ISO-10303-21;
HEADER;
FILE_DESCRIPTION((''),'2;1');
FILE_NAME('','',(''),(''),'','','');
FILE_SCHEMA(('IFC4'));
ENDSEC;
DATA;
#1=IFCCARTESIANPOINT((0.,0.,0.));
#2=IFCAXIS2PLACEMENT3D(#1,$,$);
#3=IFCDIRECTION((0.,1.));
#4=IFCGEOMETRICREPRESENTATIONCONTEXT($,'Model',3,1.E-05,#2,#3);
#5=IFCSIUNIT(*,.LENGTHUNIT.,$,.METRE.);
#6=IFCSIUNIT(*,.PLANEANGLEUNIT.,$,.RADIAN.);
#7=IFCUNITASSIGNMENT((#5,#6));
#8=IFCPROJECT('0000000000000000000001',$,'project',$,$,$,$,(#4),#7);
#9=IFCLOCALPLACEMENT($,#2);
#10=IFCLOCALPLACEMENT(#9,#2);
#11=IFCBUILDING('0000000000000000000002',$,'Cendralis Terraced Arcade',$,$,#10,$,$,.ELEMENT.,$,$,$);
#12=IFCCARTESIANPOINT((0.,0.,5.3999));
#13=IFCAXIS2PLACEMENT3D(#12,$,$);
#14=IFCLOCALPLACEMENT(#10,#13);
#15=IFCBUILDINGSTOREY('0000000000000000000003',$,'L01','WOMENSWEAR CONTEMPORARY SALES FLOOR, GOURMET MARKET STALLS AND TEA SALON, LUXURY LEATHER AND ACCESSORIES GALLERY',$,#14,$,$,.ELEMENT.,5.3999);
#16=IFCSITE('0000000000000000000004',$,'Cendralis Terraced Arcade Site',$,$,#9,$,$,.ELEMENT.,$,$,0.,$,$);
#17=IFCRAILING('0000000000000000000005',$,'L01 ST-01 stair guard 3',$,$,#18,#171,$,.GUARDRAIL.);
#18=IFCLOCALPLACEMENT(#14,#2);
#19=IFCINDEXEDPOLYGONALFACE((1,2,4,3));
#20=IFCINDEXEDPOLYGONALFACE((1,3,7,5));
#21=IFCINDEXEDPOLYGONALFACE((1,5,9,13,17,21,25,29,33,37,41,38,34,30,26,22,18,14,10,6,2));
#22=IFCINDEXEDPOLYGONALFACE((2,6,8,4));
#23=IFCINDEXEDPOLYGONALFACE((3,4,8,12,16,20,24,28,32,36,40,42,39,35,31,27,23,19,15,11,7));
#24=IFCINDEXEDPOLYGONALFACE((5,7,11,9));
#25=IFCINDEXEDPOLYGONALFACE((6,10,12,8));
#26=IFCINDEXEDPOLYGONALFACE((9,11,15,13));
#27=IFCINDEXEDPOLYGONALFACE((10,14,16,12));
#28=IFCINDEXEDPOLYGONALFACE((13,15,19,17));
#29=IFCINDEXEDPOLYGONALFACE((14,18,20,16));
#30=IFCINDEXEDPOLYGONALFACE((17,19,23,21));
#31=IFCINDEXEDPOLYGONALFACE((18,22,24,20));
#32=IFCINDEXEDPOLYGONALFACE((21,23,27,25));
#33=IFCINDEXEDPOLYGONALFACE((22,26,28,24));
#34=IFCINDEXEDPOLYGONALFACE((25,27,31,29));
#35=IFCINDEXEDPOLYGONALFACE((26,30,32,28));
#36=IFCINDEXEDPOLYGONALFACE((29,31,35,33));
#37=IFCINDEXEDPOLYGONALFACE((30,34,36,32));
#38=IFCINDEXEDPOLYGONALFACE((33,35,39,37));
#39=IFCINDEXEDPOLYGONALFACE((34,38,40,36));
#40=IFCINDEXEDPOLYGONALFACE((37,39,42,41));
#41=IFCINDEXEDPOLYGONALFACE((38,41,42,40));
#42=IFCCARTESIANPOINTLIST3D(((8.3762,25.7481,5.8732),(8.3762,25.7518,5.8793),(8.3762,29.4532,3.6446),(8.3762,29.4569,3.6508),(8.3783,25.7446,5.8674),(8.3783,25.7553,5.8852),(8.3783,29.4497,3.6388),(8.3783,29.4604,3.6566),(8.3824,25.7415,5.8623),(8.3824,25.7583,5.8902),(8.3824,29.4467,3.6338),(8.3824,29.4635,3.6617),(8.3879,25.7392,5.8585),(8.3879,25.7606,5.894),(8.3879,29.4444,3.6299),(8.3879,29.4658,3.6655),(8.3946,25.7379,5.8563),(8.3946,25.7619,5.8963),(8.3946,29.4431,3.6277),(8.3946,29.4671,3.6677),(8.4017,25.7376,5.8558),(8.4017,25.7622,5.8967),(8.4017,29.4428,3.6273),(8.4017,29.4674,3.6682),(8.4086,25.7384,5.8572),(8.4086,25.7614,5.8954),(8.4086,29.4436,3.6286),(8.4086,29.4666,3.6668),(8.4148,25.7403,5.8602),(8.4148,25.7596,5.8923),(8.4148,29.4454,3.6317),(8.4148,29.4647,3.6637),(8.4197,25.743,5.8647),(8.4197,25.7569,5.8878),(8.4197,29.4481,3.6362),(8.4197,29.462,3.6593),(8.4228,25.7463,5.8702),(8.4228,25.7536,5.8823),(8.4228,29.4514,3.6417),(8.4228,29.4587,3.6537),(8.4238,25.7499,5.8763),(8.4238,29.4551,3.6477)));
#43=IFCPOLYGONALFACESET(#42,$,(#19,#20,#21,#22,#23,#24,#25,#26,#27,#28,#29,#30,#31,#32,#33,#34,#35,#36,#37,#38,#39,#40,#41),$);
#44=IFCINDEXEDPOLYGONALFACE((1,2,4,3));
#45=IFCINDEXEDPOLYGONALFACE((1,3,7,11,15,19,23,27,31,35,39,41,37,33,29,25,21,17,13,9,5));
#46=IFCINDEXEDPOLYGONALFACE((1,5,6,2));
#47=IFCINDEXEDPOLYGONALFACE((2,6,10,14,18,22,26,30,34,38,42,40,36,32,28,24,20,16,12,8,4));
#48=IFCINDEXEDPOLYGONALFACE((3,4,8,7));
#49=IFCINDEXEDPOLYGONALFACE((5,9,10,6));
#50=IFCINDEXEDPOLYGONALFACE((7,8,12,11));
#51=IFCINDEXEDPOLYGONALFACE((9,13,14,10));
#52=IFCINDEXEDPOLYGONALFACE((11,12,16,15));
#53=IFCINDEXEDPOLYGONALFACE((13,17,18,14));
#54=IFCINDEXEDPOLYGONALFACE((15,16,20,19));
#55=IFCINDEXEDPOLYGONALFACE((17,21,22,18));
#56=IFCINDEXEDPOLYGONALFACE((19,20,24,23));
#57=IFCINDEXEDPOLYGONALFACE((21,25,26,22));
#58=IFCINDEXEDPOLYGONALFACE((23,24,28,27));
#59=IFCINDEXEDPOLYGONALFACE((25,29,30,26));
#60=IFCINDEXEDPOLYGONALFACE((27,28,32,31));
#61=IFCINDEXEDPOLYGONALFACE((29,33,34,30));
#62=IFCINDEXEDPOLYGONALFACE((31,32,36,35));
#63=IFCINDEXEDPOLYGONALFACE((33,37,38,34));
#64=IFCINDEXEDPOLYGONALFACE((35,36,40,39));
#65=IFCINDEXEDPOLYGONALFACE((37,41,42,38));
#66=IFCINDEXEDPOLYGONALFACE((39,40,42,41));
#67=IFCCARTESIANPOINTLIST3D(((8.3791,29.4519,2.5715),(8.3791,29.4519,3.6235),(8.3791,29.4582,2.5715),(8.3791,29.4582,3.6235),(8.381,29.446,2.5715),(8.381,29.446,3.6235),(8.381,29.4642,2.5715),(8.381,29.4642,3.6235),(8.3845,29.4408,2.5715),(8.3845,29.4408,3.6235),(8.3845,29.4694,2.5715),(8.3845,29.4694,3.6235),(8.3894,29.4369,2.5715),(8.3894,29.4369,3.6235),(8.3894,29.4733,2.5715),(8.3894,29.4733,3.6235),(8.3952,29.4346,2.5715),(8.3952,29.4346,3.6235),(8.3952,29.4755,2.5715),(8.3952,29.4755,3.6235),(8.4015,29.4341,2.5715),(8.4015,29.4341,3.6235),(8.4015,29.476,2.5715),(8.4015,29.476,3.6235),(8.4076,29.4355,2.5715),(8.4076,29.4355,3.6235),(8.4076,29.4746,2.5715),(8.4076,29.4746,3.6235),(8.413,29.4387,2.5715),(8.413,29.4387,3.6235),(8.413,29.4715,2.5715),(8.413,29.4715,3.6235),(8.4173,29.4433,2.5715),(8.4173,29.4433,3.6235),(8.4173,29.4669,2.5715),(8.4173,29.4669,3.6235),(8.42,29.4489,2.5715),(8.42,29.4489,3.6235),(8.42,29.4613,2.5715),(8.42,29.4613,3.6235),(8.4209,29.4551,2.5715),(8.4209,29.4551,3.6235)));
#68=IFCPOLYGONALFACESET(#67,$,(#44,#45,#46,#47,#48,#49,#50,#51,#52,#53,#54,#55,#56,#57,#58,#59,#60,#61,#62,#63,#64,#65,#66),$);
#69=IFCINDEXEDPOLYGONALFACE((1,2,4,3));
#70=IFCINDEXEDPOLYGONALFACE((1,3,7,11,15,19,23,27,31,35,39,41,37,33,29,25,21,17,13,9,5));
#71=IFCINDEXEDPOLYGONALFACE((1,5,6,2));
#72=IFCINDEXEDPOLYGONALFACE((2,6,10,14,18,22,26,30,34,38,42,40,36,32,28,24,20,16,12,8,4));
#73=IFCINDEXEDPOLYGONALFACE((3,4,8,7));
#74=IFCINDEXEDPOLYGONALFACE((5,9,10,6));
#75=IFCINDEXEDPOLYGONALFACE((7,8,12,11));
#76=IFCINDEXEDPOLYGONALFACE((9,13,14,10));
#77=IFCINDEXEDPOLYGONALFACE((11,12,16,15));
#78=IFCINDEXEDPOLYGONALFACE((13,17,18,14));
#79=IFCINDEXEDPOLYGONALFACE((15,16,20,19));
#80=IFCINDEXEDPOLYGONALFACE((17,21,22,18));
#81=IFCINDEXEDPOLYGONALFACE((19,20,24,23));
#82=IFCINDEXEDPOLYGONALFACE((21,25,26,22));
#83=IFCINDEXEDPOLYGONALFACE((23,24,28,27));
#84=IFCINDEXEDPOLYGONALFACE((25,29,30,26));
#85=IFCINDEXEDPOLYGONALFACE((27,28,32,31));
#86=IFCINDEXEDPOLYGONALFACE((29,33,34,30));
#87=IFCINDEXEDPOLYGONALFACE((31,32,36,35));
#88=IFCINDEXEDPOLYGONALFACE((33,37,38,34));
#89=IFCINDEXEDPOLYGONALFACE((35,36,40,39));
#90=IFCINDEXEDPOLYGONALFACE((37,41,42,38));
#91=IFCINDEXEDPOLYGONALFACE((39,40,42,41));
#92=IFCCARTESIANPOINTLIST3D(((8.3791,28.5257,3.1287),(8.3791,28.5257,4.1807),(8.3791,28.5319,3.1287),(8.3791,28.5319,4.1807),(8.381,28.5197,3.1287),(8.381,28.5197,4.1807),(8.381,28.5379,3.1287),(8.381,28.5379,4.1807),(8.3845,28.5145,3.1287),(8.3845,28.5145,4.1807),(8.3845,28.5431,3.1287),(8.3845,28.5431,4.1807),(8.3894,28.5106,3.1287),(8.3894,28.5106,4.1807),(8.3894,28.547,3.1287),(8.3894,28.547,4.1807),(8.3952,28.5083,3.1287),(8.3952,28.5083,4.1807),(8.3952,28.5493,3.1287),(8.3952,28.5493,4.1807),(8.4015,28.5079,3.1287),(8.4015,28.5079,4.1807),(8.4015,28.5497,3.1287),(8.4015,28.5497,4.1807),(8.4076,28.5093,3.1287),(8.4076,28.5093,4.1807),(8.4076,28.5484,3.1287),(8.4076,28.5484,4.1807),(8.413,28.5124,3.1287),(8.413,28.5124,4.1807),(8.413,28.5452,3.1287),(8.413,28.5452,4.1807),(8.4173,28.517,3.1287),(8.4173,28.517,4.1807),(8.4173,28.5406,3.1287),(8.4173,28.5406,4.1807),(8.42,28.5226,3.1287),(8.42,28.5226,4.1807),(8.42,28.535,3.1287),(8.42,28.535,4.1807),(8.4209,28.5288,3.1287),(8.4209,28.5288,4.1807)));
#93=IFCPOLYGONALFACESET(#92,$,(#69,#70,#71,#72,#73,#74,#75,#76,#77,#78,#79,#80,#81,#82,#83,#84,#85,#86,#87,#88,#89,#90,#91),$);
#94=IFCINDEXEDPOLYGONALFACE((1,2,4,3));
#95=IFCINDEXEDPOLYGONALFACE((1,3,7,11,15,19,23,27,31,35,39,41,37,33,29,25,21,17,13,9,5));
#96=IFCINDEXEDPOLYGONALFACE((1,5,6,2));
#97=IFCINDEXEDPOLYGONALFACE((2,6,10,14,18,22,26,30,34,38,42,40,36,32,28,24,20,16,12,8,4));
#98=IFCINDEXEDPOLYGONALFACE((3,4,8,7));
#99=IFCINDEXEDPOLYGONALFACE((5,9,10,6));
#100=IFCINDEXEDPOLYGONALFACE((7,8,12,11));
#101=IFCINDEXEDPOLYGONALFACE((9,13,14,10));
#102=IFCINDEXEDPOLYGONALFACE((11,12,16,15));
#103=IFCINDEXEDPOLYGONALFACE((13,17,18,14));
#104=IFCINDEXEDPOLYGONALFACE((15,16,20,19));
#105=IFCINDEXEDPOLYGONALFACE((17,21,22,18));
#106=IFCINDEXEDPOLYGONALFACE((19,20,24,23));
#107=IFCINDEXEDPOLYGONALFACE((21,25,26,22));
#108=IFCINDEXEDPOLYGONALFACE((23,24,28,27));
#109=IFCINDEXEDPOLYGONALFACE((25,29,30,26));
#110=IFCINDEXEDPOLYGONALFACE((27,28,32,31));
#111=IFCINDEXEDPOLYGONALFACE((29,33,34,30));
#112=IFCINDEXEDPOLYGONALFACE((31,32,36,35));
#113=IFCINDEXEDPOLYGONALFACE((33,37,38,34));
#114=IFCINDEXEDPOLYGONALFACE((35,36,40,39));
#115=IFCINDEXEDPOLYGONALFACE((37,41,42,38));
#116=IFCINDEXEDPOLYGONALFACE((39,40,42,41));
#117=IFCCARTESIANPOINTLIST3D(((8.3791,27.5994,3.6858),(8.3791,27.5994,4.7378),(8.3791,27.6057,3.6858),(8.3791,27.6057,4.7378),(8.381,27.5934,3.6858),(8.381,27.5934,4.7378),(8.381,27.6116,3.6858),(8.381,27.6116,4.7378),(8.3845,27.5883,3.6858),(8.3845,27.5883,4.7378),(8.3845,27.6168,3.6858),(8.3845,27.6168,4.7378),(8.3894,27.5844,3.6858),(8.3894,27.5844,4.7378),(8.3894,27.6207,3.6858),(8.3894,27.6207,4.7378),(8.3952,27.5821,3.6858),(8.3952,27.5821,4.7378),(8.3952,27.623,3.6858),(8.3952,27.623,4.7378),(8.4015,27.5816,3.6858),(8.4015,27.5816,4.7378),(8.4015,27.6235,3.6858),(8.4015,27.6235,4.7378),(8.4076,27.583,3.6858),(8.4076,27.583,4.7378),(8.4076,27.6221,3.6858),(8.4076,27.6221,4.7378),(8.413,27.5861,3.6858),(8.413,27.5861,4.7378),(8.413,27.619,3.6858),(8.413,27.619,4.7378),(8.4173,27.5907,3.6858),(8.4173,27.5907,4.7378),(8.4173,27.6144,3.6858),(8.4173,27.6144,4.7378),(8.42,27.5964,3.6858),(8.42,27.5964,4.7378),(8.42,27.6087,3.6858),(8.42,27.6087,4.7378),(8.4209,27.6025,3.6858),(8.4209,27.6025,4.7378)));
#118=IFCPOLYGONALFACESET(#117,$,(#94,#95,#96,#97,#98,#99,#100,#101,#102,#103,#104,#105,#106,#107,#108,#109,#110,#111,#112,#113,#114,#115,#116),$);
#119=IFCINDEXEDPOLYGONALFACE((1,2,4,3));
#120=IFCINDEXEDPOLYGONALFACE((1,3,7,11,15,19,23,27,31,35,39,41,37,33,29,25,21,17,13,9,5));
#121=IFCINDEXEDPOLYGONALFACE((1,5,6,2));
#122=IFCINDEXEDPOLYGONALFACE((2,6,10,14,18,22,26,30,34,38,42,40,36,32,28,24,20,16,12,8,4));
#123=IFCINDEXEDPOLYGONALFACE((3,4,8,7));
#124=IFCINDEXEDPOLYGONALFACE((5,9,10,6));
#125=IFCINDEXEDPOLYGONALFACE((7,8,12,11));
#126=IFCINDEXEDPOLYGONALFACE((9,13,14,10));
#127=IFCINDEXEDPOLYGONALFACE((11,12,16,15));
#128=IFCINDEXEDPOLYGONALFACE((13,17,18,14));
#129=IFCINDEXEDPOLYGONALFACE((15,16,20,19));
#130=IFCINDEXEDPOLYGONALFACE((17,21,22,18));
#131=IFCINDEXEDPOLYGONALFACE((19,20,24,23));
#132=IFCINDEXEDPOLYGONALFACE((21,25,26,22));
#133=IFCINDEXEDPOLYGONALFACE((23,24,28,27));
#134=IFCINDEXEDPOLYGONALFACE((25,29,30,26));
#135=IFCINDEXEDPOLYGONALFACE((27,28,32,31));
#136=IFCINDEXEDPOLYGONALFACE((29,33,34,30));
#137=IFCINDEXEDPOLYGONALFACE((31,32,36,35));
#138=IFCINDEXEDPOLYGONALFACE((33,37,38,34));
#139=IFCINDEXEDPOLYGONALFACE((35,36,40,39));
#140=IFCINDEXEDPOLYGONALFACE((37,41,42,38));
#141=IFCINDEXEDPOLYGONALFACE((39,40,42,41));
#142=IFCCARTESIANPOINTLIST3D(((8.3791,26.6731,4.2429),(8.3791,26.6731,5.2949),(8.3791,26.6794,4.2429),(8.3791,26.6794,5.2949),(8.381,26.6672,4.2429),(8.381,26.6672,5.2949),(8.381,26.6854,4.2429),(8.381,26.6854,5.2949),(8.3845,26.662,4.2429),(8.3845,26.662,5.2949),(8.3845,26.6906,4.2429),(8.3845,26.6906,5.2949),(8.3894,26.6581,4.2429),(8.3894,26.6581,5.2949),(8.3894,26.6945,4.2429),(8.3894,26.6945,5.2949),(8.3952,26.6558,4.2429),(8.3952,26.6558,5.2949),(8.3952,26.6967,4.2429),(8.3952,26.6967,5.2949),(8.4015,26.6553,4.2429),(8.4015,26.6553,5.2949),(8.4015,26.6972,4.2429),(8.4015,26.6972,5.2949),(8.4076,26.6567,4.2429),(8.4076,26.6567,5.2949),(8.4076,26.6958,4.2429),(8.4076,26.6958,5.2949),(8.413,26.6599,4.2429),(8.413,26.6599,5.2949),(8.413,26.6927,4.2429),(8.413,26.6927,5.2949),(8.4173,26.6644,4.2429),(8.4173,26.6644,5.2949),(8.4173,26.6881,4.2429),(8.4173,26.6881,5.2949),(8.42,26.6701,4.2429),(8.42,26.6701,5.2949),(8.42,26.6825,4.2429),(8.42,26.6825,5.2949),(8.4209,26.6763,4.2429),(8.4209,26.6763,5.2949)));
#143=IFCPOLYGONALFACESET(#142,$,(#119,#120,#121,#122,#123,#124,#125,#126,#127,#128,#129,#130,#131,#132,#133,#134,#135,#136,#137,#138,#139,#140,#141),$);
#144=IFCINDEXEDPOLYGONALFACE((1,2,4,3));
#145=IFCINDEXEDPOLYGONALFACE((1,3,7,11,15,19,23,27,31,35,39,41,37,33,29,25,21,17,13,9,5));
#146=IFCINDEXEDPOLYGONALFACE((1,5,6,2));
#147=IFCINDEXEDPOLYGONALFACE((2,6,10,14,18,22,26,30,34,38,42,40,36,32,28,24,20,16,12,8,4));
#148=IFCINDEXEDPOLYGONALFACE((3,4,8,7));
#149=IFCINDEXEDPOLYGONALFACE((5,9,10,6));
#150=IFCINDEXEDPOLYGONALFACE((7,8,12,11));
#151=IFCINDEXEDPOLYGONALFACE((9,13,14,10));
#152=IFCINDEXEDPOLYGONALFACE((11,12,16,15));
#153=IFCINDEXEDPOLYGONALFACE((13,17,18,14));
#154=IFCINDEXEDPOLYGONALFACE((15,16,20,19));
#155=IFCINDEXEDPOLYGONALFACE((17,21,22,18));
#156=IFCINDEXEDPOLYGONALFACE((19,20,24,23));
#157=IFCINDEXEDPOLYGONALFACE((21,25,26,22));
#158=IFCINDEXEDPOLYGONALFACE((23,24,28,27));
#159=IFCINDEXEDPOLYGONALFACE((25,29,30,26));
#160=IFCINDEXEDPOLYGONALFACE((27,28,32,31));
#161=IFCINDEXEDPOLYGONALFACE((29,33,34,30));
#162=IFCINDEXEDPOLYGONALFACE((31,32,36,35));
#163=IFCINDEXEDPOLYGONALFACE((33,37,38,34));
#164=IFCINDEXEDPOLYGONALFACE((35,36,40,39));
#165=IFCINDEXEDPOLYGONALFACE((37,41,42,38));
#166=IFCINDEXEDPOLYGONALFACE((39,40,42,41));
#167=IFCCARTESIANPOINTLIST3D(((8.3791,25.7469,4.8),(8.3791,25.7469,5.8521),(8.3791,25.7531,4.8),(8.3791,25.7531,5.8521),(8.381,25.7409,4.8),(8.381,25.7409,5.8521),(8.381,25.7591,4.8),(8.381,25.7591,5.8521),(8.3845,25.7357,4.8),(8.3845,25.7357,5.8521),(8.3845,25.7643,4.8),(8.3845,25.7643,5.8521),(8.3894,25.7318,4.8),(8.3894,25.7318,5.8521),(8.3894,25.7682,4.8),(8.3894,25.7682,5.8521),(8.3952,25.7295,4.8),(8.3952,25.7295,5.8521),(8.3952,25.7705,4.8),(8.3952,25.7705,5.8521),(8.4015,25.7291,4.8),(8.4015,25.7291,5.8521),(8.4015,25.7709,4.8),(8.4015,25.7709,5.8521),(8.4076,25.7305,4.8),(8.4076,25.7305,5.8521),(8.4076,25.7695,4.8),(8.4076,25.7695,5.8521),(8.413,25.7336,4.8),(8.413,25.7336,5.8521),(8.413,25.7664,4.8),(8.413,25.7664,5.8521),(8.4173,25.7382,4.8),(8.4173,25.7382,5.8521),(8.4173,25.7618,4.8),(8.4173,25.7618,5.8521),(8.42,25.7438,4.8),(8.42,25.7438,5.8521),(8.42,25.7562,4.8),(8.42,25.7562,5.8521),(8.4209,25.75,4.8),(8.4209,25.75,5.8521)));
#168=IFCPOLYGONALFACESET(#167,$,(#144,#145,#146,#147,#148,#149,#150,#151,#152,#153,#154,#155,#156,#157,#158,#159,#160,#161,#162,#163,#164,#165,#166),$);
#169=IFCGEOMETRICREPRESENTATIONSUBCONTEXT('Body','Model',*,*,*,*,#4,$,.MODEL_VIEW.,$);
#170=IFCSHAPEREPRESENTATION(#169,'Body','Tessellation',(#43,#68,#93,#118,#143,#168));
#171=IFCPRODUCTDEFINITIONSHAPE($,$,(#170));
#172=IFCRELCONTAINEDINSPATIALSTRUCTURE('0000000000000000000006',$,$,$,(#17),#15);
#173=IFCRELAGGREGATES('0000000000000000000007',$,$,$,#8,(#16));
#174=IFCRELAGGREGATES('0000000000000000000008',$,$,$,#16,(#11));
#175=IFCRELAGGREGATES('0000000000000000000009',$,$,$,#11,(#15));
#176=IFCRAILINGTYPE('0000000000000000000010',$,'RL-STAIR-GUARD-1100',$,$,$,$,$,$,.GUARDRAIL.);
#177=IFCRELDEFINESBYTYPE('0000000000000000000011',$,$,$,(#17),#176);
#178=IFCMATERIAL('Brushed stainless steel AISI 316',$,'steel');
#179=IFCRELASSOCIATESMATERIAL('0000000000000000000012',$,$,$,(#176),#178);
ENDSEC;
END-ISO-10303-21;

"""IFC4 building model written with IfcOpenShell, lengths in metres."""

from ifc_helpers import new_model, si_unit, direction, frame, origin, origin_2d, place, context, subcontext, project, spatial, circle, extrude, material, type_object, element, save


model = new_model("IFC4")

# Units and contexts
model_context = context("Model", 3, precision=1e-05, world=origin(), true_north=direction((0.0, 1.0)))
body_context = subcontext(model_context, "Body", "Model", "MODEL_VIEW")
ifc_project = project(units=[si_unit("LENGTHUNIT", "METRE"), si_unit("PLANEANGLEUNIT", "RADIAN")], contexts=[model_context])

# Site, building, storey
site_placement = place(None, origin())
site = spatial("IfcSite", under=ifc_project, at=site_placement, Name="Cendralis Terraced Arcade Site", CompositionType="ELEMENT", RefElevation=0.0)
building_placement = place(site_placement, origin())
building = spatial("IfcBuilding", under=site, at=building_placement, Name="Cendralis Terraced Arcade", CompositionType="ELEMENT")
storey_placement = place(building_placement, frame((0.0, 0.0, 5.3999)))
storey = spatial("IfcBuildingStorey", under=building, at=storey_placement, Name="L01", Description="WOMENSWEAR CONTEMPORARY SALES FLOOR, GOURMET MARKET STALLS AND TEA SALON, LUXURY LEATHER AND ACCESSORIES GALLERY", CompositionType="ELEMENT", Elevation=5.3999)

# Railing
ifc_material_1 = material(Name="Brushed stainless steel AISI 316", Category="steel")
railing_type_1 = type_object("IfcRailingType", Name="RL-STAIR-GUARD-1100", PredefinedType="GUARDRAIL", material=ifc_material_1)
railing_1_placement = place(storey_placement, frame((8.3999, 29.4551, 2.5715)))
element("IfcRailing", 1, at=railing_1_placement, inside=storey, type_object=railing_type_1, Name="L01 ST-01 stair guard 3", PredefinedType="GUARDRAIL", context=body_context, shape_type="SweptSolid", body=[
    extrude(circle(Radius=0.0239, at=origin_2d()), frame((0.0, 0.0, 1.0762), z_axis=(0.0, -0.856934, 0.515425), x_axis=(1.0, 0.0, 0.0)), (0.0, 0.0, 1.0), 4.3237),
    extrude(circle(Radius=0.021, at=origin_2d()), origin(), (0.0, 0.0, 1.0), 1.052),
    extrude(circle(Radius=0.021, at=origin_2d()), frame((0.0, -0.9263, 0.5571)), (0.0, 0.0, 1.0), 1.052),
    extrude(circle(Radius=0.021, at=origin_2d()), frame((0.0, -1.8525, 1.1143)), (0.0, 0.0, 1.0), 1.052),
    extrude(circle(Radius=0.021, at=origin_2d()), frame((0.0, -2.7788, 1.6714)), (0.0, 0.0, 1.0), 1.052),
    extrude(circle(Radius=0.021, at=origin_2d()), frame((0.0, -3.7051, 2.2285)), (0.0, 0.0, 1.0), 1.052),
])

save(model, "model.ifc")
